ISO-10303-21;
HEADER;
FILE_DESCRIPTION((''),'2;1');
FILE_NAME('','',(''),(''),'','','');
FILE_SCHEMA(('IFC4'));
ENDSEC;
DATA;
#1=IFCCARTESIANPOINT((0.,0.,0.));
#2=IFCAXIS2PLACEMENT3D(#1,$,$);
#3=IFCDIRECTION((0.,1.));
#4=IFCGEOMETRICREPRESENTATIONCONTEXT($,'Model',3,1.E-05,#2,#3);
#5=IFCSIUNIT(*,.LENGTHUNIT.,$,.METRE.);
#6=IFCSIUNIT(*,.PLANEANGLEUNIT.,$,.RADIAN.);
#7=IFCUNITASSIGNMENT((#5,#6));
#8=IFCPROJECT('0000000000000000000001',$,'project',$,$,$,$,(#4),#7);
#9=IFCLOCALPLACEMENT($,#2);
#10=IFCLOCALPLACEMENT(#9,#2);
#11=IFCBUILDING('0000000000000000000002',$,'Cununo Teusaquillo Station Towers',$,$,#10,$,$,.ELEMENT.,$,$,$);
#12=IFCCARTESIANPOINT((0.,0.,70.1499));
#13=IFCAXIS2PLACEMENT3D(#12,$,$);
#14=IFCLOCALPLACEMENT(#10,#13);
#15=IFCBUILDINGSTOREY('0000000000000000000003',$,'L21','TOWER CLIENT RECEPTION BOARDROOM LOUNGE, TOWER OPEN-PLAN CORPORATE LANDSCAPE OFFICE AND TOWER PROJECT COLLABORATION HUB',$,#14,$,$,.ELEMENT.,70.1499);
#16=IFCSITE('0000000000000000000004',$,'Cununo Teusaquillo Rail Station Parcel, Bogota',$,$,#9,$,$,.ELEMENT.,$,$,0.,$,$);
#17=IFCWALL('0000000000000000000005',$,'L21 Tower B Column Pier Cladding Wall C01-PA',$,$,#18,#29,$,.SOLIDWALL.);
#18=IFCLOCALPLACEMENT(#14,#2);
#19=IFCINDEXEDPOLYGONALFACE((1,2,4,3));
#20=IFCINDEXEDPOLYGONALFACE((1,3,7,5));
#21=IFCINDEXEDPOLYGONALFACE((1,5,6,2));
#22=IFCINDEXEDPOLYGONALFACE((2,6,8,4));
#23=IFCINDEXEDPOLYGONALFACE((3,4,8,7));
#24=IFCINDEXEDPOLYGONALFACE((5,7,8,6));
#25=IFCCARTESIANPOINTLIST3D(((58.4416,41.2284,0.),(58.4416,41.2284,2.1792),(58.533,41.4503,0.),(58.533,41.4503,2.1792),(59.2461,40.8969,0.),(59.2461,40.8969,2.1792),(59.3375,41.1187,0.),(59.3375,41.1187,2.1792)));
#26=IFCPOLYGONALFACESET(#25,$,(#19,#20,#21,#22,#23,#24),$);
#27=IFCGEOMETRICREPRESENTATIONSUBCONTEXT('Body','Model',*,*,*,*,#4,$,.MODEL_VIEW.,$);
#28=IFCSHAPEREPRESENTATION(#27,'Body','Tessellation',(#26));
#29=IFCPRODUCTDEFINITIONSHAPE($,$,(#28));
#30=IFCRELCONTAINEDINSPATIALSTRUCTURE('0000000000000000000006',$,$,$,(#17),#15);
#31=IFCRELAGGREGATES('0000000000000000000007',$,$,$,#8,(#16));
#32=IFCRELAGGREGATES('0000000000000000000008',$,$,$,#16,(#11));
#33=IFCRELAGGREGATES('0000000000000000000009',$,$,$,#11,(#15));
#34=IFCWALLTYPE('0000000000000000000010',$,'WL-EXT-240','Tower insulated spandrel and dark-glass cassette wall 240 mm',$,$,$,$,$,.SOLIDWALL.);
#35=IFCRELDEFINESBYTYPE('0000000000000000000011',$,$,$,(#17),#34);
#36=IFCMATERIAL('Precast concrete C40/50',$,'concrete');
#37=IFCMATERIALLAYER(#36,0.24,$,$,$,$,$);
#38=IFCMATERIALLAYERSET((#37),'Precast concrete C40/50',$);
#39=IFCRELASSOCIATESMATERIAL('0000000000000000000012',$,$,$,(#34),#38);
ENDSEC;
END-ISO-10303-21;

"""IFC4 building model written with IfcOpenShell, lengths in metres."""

from ifc_helpers import new_model, si_unit, direction, frame, frame_2d, origin, place, context, subcontext, project, spatial, rectangle, extrude, material, layer, layer_set, type_object, element, save


model = new_model("IFC4")

# Units and contexts
model_context = context("Model", 3, precision=1e-05, world=origin(), true_north=direction((0.0, 1.0)))
body_context = subcontext(model_context, "Body", "Model", "MODEL_VIEW")
ifc_project = project(units=[si_unit("LENGTHUNIT", "METRE"), si_unit("PLANEANGLEUNIT", "RADIAN")], contexts=[model_context])

# Site, building, storey
site_placement = place(None, origin())
site = spatial("IfcSite", under=ifc_project, at=site_placement, Name="Cununo Teusaquillo Rail Station Parcel, Bogota", CompositionType="ELEMENT", RefElevation=0.0)
building_placement = place(site_placement, origin())
building = spatial("IfcBuilding", under=site, at=building_placement, Name="Cununo Teusaquillo Station Towers", CompositionType="ELEMENT")
storey_placement = place(building_placement, frame((0.0, 0.0, 70.1499)))
storey = spatial("IfcBuildingStorey", under=building, at=storey_placement, Name="L21", Description="TOWER CLIENT RECEPTION BOARDROOM LOUNGE, TOWER OPEN-PLAN CORPORATE LANDSCAPE OFFICE AND TOWER PROJECT COLLABORATION HUB", CompositionType="ELEMENT", Elevation=70.1499)

# Wall
ifc_material_1 = material(Name="Precast concrete C40/50", Category="concrete")
ifc_layer_1 = layer(ifc_material_1, 0.24)
ifc_layer_set_1 = layer_set([ifc_layer_1], Name="Precast concrete C40/50")
wall_type = type_object("IfcWallType", Name="WL-EXT-240", Description="Tower insulated spandrel and dark-glass cassette wall 240 mm", PredefinedType="SOLIDWALL", material=ifc_layer_set_1)
wall_1_placement = place(storey_placement, frame((58.4873, 41.3394, 0.0), z_axis=(0.0, 0.0, 1.0), x_axis=(0.924556, -0.381046, 0.0)))
element("IfcWall", 1, at=wall_1_placement, inside=storey, type_object=wall_type, Name="L21 Tower B Column Pier Cladding Wall C01-PA", PredefinedType="SOLIDWALL", context=body_context, shape_type="SweptSolid", body=[
    extrude(rectangle(XDim=0.8701, YDim=0.24, at=frame_2d((0.4351, 0.0))), origin(), (0.0, 0.0, 1.0), 2.1792),
])

save(model, "model.ifc")
